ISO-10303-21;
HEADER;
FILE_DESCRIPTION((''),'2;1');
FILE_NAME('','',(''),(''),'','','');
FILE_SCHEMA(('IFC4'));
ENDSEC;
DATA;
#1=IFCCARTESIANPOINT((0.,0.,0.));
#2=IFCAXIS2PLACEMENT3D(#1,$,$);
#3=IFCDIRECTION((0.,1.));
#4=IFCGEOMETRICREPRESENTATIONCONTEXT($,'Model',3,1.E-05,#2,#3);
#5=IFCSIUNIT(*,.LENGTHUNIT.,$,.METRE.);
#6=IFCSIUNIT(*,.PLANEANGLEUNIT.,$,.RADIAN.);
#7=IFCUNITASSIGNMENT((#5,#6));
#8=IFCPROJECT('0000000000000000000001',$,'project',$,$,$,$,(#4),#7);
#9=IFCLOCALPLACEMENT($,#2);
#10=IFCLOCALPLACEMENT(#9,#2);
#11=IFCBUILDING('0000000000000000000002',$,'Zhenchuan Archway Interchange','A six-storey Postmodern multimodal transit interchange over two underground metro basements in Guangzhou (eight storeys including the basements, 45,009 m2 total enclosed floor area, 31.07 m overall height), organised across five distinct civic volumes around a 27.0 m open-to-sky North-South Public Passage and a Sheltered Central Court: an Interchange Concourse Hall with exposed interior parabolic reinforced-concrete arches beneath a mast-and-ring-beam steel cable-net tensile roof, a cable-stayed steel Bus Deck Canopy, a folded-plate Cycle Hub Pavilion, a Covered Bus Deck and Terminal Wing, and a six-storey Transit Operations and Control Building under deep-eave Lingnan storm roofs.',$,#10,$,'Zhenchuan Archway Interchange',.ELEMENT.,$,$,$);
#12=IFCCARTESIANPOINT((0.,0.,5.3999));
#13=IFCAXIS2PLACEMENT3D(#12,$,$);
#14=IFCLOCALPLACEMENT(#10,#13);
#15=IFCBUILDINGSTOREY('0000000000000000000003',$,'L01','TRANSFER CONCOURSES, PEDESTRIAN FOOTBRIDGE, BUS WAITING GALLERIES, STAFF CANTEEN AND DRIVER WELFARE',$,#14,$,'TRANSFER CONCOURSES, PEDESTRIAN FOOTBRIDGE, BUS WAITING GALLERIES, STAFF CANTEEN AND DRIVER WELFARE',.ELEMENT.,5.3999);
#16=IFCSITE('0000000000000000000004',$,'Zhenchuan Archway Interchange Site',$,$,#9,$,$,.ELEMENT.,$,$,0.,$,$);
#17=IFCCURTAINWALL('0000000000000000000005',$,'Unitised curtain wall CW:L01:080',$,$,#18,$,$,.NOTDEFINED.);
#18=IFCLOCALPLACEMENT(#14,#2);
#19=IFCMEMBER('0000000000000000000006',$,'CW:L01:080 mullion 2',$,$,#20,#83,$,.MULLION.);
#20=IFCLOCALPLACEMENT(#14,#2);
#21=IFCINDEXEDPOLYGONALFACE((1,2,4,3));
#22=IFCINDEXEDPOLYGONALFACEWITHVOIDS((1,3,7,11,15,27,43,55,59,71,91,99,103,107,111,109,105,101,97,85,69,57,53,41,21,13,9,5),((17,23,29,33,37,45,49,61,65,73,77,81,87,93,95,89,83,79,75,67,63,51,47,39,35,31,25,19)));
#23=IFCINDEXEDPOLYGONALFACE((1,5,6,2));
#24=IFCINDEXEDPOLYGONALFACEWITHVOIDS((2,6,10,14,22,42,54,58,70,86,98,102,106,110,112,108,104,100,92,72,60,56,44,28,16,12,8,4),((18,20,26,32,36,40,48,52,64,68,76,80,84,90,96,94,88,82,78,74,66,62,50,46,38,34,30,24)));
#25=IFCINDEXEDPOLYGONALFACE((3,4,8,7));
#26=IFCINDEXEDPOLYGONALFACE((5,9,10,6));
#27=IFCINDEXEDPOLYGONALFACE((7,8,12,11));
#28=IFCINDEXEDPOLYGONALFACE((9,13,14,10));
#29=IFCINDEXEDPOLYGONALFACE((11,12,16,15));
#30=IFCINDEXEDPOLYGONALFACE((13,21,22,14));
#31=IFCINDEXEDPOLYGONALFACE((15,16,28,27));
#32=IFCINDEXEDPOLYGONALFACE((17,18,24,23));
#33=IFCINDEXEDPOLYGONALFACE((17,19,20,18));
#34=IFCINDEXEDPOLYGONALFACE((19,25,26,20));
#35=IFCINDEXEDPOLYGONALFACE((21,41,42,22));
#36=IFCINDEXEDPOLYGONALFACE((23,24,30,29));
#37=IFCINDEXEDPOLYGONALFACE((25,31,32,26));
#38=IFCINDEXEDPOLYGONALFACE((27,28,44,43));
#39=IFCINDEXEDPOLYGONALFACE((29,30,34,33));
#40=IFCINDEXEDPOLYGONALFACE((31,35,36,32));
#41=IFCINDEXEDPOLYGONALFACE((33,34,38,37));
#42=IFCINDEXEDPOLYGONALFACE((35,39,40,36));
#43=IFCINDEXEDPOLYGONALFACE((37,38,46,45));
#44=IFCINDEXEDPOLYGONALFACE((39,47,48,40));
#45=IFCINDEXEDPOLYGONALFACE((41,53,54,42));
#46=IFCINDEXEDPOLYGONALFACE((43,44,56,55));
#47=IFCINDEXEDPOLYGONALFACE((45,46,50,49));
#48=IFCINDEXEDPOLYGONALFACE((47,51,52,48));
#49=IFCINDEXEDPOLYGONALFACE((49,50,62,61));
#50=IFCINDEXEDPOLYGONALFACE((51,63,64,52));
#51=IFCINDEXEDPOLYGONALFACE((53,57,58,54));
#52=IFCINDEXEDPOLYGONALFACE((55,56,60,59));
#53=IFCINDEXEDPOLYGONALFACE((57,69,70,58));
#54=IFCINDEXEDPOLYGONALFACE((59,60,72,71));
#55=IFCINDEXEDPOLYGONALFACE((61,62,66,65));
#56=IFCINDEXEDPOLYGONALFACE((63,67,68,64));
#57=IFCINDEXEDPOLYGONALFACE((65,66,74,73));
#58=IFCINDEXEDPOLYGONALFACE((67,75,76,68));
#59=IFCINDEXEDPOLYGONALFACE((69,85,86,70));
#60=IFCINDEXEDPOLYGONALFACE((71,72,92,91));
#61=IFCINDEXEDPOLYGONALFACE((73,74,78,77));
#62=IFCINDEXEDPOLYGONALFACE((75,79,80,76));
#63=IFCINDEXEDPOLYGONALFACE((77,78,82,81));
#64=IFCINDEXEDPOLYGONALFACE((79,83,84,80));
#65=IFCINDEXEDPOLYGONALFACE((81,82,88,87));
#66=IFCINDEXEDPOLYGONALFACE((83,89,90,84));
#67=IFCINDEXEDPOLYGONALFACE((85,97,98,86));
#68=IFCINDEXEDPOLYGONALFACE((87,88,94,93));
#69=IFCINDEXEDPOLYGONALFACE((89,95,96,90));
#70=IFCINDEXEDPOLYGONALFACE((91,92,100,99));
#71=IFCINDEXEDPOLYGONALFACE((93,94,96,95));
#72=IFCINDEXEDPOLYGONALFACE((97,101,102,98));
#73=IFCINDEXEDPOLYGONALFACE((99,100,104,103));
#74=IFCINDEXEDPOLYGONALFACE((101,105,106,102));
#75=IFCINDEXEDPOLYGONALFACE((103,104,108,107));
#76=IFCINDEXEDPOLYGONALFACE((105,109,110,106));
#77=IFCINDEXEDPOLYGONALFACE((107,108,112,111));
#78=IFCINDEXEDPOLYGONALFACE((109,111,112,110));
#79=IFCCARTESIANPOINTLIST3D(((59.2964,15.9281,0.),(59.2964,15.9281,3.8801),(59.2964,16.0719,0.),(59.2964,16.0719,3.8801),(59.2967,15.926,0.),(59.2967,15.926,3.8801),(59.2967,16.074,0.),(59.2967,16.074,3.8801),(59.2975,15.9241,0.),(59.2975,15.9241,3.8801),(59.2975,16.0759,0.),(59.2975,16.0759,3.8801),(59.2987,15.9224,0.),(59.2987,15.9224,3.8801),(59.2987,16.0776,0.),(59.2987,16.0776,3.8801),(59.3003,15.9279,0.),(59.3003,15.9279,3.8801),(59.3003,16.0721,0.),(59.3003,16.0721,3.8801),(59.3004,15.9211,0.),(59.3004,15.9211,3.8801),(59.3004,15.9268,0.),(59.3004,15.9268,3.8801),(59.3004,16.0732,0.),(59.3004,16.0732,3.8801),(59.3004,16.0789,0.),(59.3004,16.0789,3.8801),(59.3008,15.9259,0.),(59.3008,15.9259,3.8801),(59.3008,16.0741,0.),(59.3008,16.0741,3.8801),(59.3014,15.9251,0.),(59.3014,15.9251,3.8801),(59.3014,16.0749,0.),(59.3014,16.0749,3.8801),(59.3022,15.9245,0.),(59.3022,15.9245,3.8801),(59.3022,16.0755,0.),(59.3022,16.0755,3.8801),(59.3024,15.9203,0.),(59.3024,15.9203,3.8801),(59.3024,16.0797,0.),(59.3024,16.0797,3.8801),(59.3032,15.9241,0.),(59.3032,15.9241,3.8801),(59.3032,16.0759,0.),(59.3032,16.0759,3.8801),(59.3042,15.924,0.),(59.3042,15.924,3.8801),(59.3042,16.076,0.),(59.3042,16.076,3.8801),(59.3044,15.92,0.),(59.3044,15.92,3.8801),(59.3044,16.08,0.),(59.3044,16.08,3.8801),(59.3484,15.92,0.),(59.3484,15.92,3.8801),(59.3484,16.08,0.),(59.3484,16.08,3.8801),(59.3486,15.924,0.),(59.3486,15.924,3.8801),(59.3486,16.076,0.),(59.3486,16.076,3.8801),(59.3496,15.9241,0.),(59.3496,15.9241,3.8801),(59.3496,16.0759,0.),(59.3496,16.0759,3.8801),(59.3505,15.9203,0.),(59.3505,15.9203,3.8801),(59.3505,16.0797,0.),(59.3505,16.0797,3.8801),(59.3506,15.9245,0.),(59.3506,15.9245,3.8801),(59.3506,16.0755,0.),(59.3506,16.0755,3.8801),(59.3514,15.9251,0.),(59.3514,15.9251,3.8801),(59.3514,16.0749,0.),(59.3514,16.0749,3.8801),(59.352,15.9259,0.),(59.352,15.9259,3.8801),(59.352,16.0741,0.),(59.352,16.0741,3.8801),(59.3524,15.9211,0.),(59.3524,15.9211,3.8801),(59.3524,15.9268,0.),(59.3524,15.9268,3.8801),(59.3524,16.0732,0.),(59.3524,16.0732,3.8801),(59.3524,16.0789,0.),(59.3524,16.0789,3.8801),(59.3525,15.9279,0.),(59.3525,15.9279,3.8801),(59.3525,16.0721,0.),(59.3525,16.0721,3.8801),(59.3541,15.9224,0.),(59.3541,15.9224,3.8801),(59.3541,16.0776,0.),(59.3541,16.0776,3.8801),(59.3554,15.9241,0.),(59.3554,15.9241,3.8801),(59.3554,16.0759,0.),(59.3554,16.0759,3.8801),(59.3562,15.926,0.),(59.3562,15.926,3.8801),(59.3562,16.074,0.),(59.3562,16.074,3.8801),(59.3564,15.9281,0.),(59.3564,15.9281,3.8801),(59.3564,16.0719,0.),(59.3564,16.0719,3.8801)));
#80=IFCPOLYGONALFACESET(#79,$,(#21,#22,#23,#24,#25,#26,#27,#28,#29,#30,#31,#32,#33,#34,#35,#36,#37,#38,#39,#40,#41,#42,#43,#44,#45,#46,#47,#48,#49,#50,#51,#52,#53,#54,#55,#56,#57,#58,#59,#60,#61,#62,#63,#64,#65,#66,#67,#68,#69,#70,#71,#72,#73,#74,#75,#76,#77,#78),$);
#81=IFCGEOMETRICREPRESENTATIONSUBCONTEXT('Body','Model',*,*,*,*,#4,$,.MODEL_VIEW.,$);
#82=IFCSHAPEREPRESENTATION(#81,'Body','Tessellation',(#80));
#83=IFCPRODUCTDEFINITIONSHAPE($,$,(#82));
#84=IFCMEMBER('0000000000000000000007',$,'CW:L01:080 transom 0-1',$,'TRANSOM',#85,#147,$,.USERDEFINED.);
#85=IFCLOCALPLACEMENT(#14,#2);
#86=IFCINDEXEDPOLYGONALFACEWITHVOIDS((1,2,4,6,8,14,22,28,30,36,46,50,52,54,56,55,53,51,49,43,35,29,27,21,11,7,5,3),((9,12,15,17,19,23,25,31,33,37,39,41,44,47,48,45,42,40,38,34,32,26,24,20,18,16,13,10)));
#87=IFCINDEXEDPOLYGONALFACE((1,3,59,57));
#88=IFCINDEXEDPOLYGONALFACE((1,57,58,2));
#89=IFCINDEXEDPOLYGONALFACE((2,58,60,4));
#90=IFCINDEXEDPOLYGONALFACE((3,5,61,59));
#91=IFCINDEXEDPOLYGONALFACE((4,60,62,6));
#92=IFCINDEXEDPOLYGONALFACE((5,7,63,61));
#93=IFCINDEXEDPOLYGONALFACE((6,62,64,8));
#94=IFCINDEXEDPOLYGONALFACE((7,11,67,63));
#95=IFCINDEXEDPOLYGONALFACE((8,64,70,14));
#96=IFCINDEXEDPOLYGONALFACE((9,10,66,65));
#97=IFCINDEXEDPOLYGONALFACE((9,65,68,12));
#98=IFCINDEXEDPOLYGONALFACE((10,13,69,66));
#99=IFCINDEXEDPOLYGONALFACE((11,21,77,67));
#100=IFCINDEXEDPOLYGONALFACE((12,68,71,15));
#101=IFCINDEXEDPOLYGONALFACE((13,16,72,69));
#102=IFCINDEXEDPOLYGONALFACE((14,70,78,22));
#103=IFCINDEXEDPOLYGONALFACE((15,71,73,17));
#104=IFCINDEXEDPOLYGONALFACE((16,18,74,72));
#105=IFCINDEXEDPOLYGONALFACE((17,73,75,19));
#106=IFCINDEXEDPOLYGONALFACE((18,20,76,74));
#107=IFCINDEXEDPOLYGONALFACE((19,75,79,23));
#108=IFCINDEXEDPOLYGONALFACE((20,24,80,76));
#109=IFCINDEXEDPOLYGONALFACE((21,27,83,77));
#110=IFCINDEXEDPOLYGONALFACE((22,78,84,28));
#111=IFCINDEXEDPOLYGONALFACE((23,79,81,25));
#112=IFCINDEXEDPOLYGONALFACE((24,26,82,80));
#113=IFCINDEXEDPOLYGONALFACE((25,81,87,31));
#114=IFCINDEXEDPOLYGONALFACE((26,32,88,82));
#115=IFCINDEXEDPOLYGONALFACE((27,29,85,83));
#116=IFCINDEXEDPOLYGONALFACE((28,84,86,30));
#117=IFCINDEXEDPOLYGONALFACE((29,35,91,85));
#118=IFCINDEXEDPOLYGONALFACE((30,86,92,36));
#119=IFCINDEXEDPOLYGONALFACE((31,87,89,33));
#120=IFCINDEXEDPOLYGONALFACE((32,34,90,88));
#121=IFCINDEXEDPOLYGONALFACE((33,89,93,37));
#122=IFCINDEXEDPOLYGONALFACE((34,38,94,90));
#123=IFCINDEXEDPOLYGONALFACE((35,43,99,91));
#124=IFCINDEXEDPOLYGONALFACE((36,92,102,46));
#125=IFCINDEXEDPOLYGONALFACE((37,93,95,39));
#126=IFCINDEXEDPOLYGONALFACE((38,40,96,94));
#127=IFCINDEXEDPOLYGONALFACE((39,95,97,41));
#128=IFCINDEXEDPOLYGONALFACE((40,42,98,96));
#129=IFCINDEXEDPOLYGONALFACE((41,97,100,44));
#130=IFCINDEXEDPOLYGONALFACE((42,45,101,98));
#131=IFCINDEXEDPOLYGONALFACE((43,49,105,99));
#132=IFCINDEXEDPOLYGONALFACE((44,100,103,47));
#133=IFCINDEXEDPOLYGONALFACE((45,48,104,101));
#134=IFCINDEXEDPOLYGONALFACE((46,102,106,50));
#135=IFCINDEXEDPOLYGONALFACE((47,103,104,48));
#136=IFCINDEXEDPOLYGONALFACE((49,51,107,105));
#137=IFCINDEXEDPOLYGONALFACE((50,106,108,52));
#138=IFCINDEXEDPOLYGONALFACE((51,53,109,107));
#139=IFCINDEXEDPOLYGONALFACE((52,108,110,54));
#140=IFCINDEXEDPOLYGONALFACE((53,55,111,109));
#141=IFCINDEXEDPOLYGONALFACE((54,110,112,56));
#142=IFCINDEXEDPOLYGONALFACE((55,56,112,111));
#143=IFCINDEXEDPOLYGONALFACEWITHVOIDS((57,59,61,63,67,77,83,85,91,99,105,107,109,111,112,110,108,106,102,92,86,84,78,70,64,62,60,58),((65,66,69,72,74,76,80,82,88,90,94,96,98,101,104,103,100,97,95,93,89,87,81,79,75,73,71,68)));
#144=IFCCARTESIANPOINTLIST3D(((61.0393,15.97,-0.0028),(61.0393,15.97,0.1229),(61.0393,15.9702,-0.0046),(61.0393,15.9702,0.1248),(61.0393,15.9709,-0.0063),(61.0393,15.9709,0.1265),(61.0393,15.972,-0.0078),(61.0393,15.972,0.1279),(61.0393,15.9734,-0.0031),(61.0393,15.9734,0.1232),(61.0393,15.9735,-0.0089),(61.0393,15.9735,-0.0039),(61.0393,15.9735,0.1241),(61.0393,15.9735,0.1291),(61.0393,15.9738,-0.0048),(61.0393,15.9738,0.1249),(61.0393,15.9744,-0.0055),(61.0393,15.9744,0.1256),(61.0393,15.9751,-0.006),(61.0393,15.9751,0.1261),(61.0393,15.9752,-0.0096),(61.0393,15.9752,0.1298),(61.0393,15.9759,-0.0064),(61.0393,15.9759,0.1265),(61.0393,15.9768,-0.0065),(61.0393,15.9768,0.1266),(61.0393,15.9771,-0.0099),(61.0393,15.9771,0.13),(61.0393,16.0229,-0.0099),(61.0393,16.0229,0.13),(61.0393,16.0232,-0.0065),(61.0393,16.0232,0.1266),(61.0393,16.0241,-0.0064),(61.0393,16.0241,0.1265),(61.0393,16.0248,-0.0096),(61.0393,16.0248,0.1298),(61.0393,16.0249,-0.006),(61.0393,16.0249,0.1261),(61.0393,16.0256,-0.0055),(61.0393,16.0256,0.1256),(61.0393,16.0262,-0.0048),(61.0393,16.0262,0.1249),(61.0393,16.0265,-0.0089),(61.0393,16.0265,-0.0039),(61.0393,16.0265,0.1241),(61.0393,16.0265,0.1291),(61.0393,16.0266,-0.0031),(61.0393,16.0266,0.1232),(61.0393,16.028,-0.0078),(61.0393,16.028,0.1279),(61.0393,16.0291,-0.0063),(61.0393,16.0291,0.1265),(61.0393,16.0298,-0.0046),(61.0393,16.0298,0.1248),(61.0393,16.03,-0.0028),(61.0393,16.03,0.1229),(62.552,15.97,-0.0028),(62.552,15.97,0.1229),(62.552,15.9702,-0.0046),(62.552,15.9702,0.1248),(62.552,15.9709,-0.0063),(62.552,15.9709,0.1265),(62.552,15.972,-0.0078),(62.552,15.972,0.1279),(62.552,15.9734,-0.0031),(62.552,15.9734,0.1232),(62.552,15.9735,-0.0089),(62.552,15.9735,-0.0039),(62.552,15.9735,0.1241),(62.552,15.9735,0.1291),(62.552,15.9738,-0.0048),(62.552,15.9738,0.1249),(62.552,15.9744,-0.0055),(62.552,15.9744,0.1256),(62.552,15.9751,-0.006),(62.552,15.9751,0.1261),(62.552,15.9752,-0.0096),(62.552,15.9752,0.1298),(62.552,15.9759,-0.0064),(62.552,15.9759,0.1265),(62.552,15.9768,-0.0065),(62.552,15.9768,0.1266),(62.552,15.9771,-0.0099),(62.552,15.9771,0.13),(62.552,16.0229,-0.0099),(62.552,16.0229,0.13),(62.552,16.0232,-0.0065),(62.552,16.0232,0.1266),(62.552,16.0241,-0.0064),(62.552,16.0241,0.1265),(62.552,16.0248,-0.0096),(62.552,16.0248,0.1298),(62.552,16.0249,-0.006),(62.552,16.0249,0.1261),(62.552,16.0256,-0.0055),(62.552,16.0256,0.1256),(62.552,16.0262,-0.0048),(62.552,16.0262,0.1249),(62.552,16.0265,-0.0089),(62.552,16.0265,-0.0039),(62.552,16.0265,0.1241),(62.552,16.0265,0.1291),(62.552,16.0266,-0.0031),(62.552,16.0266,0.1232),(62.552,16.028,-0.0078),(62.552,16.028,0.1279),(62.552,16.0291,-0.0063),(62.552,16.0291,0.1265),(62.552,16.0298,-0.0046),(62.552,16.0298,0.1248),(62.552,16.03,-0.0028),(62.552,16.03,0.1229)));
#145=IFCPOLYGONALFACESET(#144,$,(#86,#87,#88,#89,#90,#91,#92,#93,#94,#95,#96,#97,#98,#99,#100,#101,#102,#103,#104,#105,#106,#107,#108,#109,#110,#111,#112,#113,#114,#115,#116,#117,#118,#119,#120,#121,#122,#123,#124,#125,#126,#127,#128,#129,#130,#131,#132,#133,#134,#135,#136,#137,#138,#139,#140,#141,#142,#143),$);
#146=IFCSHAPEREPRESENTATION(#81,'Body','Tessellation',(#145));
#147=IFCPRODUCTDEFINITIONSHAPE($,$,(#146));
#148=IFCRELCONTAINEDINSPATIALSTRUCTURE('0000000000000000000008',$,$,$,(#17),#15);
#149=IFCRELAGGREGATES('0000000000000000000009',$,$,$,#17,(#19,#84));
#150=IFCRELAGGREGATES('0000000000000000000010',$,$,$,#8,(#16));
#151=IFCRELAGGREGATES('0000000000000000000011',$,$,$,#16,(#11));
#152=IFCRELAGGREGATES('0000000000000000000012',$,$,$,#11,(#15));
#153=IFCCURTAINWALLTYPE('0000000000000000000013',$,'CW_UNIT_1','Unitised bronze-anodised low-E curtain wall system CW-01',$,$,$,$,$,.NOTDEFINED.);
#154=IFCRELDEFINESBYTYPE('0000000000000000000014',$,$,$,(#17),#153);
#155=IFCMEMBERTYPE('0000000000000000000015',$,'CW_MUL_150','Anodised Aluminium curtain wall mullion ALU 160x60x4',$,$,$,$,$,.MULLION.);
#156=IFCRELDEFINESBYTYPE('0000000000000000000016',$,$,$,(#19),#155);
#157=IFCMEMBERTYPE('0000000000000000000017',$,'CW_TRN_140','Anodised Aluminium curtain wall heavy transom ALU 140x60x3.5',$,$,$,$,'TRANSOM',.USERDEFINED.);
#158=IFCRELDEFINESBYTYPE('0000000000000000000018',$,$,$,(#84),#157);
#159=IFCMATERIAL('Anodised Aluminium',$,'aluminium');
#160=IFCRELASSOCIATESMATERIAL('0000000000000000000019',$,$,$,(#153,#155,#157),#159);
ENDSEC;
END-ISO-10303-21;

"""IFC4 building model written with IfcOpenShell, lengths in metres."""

from ifc_helpers import new_model, si_unit, direction, frame, origin, origin_2d, place, context, subcontext, project, spatial, hollow_rectangle, extrude, material, material_profile, profile_set, type_object, element, aggregate, save


model = new_model("IFC4")

# Units and contexts
model_context = context("Model", 3, precision=1e-05, world=origin(), true_north=direction((0.0, 1.0)))
body_context = subcontext(model_context, "Body", "Model", "MODEL_VIEW")
ifc_project = project(units=[si_unit("LENGTHUNIT", "METRE"), si_unit("PLANEANGLEUNIT", "RADIAN")], contexts=[model_context])

# Site, building, storey
site_placement = place(None, origin())
site = spatial("IfcSite", under=ifc_project, at=site_placement, Name="Zhenchuan Archway Interchange Site", CompositionType="ELEMENT", RefElevation=0.0)
building_placement = place(site_placement, origin())
building = spatial("IfcBuilding", under=site, at=building_placement, Name="Zhenchuan Archway Interchange", Description="A six-storey Postmodern multimodal transit interchange over two underground metro basements in Guangzhou (eight storeys including the basements, 45,009 m2 total enclosed floor area, 31.07 m overall height), organised across five distinct civic volumes around a 27.0 m open-to-sky North-South Public Passage and a Sheltered Central Court: an Interchange Concourse Hall with exposed interior parabolic reinforced-concrete arches beneath a mast-and-ring-beam steel cable-net tensile roof, a cable-stayed steel Bus Deck Canopy, a folded-plate Cycle Hub Pavilion, a Covered Bus Deck and Terminal Wing, and a six-storey Transit Operations and Control Building under deep-eave Lingnan storm roofs.", LongName="Zhenchuan Archway Interchange", CompositionType="ELEMENT")
storey_placement = place(building_placement, frame((0.0, 0.0, 5.3999)))
storey = spatial("IfcBuildingStorey", under=building, at=storey_placement, Name="L01", Description="TRANSFER CONCOURSES, PEDESTRIAN FOOTBRIDGE, BUS WAITING GALLERIES, STAFF CANTEEN AND DRIVER WELFARE", LongName="TRANSFER CONCOURSES, PEDESTRIAN FOOTBRIDGE, BUS WAITING GALLERIES, STAFF CANTEEN AND DRIVER WELFARE", CompositionType="ELEMENT", Elevation=5.3999)

# Curtain wall, members
ifc_material_1 = material(Name="Anodised Aluminium", Category="aluminium")
curtain_wall_type = type_object("IfcCurtainWallType", Name="CW_UNIT_1", Description="Unitised bronze-anodised low-E curtain wall system CW-01", PredefinedType="NOTDEFINED", material=ifc_material_1)
curtain_wall_placement = place(storey_placement, origin())
curtain_wall = element("IfcCurtainWall", 1, at=curtain_wall_placement, inside=storey, type_object=curtain_wall_type, Name="Unitised curtain wall CW:L01:080", PredefinedType="NOTDEFINED")
ifc_material_profile_1 = material_profile(ifc_material_1, hollow_rectangle(XDim=0.0601, YDim=0.1599, WallThickness=0.0039, InnerFilletRadius=0.0039, OuterFilletRadius=0.0081, at=origin_2d()), Name="ALU 160x60x4")
ifc_profile_set_1 = profile_set([ifc_material_profile_1], Name="Anodised Aluminium")
member_type_1 = type_object("IfcMemberType", Name="CW_MUL_150", Description="Anodised Aluminium curtain wall mullion ALU 160x60x4", PredefinedType="MULLION", material=ifc_profile_set_1)
member_1_placement = place(storey_placement, frame((59.3264, 16.0, 0.0), z_axis=(0.0, 0.0, 1.0), x_axis=(1.0, 0.0, 0.0)))
member_1 = element("IfcMember", 2, at=member_1_placement, type_object=member_type_1, Name="CW:L01:080 mullion 2", PredefinedType="MULLION", context=body_context, shape_type="SweptSolid", body=[
    extrude(hollow_rectangle(XDim=0.0601, YDim=0.1599, WallThickness=0.0039, InnerFilletRadius=0.0039, OuterFilletRadius=0.0081, at=origin_2d()), origin(), (0.0, 0.0, 1.0), 3.8801),
])
ifc_material_profile_2 = material_profile(ifc_material_1, hollow_rectangle(XDim=0.0601, YDim=0.1399, WallThickness=0.0034, InnerFilletRadius=0.0034, OuterFilletRadius=0.0071, at=origin_2d()), Name="ALU 140x60x3.5")
ifc_profile_set_2 = profile_set([ifc_material_profile_2], Name="Anodised Aluminium")
member_type_2 = type_object("IfcMemberType", Name="CW_TRN_140", Description="Anodised Aluminium curtain wall heavy transom ALU 140x60x3.5", ElementType="TRANSOM", PredefinedType="USERDEFINED", material=ifc_profile_set_2)
member_2_placement = place(storey_placement, frame((62.552, 16.0, 0.0601), z_axis=(-1.0, 0.0, 0.0), x_axis=(0.0, -1.0, 0.0)))
member_2 = element("IfcMember", 3, at=member_2_placement, type_object=member_type_2, Name="CW:L01:080 transom 0-1", ObjectType="TRANSOM", PredefinedType="USERDEFINED", context=body_context, shape_type="SweptSolid", body=[
    extrude(hollow_rectangle(XDim=0.0601, YDim=0.1399, WallThickness=0.0034, InnerFilletRadius=0.0034, OuterFilletRadius=0.0071, at=origin_2d()), origin(), (0.0, 0.0, 1.0), 1.5127),
])

aggregate(curtain_wall, [member_1, member_2])

save(model, "model.ifc")
